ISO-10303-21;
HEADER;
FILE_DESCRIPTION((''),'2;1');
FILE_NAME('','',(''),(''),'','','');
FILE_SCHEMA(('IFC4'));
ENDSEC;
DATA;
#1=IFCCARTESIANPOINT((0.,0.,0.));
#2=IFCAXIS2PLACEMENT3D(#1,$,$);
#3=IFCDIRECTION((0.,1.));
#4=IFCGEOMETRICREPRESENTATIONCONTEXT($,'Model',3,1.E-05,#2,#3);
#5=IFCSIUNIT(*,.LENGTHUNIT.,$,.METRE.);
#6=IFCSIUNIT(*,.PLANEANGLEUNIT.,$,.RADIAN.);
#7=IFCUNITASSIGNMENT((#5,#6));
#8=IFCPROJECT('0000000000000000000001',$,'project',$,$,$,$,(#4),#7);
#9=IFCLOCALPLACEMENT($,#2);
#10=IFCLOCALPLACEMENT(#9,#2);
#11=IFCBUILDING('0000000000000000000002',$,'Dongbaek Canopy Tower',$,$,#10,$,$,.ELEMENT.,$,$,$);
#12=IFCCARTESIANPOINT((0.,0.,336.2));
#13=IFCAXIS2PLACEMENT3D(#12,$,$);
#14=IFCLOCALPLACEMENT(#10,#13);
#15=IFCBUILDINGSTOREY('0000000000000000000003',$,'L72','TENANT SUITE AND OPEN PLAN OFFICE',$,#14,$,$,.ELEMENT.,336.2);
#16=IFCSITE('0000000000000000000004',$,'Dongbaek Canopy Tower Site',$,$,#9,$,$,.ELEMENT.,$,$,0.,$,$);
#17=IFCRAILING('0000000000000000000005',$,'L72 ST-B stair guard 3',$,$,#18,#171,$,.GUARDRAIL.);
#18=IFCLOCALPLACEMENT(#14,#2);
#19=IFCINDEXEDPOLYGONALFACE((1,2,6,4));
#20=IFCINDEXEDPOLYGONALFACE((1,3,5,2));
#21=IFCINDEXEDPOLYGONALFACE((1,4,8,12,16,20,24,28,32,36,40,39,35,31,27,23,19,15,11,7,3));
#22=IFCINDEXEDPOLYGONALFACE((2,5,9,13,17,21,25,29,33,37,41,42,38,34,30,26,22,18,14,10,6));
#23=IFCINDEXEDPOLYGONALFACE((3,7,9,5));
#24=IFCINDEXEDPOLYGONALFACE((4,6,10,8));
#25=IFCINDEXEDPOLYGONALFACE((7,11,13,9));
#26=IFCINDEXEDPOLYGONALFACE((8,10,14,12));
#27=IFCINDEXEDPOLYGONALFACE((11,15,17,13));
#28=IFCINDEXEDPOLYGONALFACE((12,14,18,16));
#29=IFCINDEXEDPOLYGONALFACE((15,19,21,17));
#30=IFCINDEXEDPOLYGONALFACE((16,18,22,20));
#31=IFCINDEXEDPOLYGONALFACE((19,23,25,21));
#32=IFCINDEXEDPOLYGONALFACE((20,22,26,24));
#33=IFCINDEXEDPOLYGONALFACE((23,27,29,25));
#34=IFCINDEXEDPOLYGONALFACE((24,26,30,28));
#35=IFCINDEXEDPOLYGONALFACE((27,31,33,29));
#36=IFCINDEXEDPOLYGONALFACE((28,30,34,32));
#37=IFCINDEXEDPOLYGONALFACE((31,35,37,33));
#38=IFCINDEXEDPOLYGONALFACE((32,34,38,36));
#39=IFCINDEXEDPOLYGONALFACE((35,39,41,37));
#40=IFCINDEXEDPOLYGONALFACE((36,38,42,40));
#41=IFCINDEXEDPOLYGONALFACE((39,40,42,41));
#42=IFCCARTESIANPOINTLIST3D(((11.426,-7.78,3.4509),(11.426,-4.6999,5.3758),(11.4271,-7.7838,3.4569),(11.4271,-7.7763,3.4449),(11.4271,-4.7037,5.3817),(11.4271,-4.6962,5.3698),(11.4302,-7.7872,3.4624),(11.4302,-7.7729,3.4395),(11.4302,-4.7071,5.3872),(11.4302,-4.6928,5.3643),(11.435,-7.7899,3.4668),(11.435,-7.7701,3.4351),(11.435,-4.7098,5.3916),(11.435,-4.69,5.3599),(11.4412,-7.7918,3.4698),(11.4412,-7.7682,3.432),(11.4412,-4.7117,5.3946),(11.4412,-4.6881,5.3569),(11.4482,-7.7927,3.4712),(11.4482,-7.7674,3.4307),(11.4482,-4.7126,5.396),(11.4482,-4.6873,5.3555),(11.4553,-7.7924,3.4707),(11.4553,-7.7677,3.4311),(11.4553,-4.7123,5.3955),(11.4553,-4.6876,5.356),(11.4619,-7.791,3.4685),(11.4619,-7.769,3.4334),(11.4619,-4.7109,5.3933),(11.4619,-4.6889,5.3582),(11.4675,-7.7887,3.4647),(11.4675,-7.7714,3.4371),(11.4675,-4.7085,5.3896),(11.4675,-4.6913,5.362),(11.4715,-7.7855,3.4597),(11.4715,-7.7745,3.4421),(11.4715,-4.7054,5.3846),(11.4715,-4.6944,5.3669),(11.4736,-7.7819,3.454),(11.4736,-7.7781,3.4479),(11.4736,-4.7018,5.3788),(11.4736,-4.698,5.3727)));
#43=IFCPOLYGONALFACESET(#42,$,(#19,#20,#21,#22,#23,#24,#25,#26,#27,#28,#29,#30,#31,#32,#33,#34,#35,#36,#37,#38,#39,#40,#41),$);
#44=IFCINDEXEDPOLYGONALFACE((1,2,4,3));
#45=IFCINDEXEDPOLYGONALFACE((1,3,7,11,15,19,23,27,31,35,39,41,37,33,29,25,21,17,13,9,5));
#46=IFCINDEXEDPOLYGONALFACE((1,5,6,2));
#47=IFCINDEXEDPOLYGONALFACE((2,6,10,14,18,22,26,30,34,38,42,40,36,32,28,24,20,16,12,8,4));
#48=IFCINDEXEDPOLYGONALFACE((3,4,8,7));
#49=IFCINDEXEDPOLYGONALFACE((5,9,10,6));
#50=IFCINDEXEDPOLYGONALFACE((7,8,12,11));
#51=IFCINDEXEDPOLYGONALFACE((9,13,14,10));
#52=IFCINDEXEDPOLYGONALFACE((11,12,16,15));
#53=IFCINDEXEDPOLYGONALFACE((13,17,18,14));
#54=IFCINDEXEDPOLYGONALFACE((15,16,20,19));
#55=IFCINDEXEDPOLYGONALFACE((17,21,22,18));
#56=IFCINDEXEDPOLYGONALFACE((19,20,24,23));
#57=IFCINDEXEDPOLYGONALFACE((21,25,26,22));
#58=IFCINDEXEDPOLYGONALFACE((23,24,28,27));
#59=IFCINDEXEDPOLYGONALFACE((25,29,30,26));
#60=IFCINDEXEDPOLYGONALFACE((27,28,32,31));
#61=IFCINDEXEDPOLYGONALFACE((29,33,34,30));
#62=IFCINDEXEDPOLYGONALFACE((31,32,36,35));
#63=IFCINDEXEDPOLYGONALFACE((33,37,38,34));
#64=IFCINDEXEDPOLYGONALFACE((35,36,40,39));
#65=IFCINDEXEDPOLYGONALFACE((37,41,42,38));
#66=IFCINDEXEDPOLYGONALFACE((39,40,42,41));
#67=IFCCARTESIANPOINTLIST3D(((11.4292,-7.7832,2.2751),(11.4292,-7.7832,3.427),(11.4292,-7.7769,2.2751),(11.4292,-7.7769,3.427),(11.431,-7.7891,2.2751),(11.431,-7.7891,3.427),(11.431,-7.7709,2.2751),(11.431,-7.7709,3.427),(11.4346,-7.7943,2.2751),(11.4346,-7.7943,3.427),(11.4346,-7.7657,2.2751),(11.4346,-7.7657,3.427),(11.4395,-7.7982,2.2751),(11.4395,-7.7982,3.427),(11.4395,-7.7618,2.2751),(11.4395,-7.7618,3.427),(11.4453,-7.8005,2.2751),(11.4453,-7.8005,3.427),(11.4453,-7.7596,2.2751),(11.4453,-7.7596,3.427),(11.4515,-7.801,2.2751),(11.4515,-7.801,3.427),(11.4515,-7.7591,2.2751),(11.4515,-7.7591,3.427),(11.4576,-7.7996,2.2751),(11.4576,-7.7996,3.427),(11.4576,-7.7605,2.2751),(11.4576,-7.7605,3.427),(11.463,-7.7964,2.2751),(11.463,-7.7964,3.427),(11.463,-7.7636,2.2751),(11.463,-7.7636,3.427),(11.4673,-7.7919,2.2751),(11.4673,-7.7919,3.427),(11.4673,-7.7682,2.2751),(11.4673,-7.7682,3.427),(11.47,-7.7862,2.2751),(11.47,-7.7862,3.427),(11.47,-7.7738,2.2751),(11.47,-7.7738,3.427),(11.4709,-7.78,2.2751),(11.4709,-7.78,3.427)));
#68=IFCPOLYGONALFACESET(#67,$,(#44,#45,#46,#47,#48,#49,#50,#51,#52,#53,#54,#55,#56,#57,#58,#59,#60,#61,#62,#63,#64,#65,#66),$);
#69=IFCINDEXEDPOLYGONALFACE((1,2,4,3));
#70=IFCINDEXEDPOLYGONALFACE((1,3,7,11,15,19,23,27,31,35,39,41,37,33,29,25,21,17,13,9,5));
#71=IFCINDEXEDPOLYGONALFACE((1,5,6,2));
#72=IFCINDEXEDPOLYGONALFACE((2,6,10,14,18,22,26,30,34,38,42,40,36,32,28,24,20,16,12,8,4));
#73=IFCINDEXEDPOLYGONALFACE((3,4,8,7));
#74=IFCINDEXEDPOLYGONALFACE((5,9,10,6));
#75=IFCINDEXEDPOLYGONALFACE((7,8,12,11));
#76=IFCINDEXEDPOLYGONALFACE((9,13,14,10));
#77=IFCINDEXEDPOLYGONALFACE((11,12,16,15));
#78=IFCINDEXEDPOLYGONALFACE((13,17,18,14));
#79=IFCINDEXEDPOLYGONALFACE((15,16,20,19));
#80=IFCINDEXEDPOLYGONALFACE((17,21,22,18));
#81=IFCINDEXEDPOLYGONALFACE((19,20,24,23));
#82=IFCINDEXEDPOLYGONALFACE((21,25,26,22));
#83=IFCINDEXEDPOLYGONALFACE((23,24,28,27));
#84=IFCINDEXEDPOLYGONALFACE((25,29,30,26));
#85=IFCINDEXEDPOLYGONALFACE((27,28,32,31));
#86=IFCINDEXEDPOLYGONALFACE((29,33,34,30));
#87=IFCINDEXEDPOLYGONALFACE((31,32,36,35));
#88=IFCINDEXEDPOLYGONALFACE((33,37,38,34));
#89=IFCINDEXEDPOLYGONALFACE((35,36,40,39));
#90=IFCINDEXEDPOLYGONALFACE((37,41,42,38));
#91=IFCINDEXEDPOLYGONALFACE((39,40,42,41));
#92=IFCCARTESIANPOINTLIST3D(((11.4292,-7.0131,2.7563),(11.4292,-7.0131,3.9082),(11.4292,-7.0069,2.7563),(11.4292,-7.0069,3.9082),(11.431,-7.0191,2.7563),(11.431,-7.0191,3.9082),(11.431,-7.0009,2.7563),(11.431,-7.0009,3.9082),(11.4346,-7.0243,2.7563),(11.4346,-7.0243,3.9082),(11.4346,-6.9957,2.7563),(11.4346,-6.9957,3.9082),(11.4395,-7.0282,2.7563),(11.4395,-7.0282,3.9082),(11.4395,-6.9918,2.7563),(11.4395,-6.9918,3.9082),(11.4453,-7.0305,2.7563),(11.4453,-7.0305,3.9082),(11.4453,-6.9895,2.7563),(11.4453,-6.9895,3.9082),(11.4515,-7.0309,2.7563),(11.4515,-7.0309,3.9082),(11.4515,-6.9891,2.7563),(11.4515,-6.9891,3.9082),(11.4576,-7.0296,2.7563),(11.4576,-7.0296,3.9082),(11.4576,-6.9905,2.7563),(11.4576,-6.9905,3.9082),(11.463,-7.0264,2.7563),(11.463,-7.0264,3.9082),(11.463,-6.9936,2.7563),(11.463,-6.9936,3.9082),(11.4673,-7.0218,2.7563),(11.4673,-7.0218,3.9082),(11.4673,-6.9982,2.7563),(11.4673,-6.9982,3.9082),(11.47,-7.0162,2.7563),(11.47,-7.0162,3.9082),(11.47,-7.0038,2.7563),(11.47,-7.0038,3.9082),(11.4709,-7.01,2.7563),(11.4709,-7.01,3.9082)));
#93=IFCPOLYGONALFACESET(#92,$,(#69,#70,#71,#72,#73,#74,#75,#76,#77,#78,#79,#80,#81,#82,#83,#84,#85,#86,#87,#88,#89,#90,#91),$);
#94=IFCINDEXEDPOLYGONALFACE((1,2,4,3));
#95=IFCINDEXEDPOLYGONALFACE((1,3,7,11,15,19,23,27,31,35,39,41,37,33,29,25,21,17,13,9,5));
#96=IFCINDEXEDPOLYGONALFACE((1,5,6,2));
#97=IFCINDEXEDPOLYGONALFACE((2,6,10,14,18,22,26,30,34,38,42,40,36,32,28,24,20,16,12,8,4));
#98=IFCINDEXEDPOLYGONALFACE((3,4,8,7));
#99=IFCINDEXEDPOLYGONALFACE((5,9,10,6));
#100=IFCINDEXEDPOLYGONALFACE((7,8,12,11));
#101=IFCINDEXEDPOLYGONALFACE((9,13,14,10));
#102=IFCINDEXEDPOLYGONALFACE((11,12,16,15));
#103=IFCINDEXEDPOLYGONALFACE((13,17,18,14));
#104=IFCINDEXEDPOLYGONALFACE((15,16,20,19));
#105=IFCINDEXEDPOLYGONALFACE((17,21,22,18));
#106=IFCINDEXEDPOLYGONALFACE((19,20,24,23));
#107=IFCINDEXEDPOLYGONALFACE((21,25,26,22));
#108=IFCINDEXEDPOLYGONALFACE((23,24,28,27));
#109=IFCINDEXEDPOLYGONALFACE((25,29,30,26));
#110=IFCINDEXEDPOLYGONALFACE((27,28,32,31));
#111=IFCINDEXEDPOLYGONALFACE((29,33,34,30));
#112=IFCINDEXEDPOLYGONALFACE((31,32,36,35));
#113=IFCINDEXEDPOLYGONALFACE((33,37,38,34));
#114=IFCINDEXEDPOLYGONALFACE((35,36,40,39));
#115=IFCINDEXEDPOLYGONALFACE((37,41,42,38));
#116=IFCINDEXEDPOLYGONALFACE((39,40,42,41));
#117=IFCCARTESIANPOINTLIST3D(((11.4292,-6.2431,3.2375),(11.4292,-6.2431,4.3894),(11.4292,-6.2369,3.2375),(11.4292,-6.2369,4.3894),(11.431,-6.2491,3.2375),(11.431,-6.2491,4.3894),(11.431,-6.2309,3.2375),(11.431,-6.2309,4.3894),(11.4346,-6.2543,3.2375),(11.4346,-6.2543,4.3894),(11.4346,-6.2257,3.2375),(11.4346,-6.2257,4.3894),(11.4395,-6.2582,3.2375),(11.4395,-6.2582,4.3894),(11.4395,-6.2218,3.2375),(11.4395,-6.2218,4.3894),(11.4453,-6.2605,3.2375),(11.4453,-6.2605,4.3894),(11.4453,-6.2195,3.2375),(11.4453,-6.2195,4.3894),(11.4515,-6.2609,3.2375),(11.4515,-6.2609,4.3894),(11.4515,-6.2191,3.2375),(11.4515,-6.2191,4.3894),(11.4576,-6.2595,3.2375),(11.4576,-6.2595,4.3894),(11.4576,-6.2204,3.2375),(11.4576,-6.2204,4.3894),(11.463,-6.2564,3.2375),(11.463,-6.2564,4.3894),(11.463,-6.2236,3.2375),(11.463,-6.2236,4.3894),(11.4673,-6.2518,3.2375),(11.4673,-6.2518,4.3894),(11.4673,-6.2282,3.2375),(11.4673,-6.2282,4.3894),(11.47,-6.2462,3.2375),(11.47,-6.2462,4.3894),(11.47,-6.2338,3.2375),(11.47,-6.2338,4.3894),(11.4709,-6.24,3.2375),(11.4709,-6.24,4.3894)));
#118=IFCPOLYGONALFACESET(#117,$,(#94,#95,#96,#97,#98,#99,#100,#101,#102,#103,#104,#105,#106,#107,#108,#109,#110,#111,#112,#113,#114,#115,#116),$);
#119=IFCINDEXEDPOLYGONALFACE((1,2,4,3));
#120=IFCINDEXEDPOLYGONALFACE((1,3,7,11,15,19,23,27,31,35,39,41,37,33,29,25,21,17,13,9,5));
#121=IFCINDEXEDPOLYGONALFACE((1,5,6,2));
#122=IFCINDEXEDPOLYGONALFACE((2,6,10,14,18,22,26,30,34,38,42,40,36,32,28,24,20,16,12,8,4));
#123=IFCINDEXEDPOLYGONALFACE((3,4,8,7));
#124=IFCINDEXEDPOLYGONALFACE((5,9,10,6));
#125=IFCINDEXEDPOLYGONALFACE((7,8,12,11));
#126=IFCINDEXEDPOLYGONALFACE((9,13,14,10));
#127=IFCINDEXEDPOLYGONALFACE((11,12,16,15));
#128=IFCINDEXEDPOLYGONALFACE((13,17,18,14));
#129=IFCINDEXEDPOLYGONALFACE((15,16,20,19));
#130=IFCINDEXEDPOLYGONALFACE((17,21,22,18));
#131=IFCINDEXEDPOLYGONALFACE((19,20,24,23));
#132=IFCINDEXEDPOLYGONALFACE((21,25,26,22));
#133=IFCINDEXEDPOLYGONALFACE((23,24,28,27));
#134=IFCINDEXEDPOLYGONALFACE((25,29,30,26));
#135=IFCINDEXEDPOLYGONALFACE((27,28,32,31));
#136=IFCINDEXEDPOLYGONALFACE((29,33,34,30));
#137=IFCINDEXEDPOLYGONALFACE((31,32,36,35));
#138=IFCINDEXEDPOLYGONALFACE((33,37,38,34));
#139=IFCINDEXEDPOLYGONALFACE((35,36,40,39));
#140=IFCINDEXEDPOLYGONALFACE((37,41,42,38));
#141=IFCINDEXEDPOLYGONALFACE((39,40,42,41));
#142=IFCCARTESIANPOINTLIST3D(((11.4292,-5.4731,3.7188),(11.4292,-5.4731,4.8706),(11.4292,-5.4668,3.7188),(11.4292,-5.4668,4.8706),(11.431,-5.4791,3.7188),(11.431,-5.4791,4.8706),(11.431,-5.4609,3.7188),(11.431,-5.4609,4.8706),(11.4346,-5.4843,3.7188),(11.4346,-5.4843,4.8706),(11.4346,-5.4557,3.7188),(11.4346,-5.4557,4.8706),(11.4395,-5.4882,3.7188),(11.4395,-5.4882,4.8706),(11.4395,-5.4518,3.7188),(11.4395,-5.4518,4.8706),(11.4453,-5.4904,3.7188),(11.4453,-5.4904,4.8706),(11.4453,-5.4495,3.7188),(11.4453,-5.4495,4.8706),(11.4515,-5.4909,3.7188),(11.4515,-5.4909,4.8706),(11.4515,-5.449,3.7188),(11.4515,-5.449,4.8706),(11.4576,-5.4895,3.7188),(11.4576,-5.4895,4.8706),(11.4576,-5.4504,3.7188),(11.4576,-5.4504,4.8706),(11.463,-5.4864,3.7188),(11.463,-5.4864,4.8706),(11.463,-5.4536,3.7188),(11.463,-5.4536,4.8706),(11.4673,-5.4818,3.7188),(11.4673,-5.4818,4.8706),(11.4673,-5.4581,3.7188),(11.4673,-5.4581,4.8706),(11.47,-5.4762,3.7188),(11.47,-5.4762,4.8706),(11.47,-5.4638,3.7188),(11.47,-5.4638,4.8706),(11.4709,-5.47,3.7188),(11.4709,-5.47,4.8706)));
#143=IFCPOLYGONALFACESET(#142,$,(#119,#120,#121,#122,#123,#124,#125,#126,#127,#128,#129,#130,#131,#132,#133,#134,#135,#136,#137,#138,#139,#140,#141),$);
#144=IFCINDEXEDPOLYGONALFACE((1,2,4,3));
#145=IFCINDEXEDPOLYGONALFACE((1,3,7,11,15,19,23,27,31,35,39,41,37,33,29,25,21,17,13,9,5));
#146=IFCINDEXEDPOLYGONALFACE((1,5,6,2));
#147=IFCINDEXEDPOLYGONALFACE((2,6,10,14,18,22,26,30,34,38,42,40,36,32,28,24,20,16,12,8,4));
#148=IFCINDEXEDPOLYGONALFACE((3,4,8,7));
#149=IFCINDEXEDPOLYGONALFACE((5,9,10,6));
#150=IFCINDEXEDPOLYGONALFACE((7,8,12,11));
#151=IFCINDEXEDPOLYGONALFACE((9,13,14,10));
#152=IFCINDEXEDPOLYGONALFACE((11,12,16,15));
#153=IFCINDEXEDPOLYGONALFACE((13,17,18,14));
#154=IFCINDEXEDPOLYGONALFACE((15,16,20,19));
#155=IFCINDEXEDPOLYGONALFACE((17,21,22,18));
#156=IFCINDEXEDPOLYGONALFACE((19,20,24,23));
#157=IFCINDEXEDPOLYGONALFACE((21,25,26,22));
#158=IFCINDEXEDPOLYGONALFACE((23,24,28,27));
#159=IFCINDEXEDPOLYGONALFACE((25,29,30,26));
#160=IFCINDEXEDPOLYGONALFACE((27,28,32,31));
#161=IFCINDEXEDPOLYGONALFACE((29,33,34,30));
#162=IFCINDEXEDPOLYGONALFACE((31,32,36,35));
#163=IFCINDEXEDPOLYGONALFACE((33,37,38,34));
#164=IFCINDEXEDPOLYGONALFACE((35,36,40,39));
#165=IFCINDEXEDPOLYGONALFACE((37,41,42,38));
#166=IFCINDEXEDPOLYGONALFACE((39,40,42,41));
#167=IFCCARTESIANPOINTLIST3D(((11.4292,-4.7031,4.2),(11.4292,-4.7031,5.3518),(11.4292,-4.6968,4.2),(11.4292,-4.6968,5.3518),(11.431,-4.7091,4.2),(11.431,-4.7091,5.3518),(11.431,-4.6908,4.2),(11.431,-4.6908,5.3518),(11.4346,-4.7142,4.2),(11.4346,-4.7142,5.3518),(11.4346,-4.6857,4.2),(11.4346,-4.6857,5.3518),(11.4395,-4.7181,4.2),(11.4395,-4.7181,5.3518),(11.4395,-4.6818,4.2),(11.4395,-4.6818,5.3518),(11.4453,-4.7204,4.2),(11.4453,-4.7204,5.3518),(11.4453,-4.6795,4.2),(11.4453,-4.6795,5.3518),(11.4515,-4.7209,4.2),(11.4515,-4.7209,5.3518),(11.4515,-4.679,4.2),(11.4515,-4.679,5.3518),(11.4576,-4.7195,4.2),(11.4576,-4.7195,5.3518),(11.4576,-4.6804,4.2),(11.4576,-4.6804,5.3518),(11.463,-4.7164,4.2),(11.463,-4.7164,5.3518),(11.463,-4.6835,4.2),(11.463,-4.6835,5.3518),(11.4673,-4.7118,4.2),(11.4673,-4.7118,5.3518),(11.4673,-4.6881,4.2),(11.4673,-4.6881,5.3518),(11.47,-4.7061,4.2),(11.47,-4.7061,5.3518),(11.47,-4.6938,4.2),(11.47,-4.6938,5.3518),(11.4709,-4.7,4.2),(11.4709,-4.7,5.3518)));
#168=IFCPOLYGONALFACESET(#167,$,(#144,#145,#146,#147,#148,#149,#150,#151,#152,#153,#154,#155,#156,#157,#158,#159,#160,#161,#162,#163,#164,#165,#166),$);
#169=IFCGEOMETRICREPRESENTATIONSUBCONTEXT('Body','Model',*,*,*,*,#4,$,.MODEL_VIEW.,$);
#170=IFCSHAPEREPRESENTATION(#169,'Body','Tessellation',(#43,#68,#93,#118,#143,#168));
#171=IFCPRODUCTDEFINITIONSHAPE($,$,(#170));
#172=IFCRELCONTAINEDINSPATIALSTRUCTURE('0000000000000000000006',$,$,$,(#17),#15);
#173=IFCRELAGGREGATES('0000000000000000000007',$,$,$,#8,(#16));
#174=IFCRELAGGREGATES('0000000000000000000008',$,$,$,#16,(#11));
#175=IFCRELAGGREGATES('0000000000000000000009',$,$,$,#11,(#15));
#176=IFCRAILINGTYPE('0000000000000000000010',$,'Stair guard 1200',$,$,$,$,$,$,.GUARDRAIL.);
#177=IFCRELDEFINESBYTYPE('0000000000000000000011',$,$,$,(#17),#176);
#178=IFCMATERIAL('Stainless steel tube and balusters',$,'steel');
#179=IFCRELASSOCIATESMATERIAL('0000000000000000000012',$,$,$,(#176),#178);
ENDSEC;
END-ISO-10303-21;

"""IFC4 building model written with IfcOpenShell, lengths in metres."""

from ifc_helpers import new_model, si_unit, direction, frame, origin, origin_2d, place, context, subcontext, project, spatial, circle, extrude, material, type_object, element, save


model = new_model("IFC4")

# Units and contexts
model_context = context("Model", 3, precision=1e-05, world=origin(), true_north=direction((0.0, 1.0)))
body_context = subcontext(model_context, "Body", "Model", "MODEL_VIEW")
ifc_project = project(units=[si_unit("LENGTHUNIT", "METRE"), si_unit("PLANEANGLEUNIT", "RADIAN")], contexts=[model_context])

# Site, building, storey
site_placement = place(None, origin())
site = spatial("IfcSite", under=ifc_project, at=site_placement, Name="Dongbaek Canopy Tower Site", CompositionType="ELEMENT", RefElevation=0.0)
building_placement = place(site_placement, origin())
building = spatial("IfcBuilding", under=site, at=building_placement, Name="Dongbaek Canopy Tower", CompositionType="ELEMENT")
storey_placement = place(building_placement, frame((0.0, 0.0, 336.2)))
storey = spatial("IfcBuildingStorey", under=building, at=storey_placement, Name="L72", Description="TENANT SUITE AND OPEN PLAN OFFICE", CompositionType="ELEMENT", Elevation=336.2)

# Railing
ifc_material_1 = material(Name="Stainless steel tube and balusters", Category="steel")
railing_type_1 = type_object("IfcRailingType", Name="Stair guard 1200", PredefinedType="GUARDRAIL", material=ifc_material_1)
railing_1_placement = place(storey_placement, frame((11.45, -7.78, 2.2751)))
element("IfcRailing", 1, at=railing_1_placement, inside=storey, type_object=railing_type_1, Name="L72 ST-B stair guard 3", PredefinedType="GUARDRAIL", context=body_context, shape_type="SweptSolid", body=[
    extrude(circle(Radius=0.0239, at=origin_2d()), frame((0.0, 0.0, 1.1758), z_axis=(0.0, 0.848029, 0.529951), x_axis=(-1.0, 0.0, 0.0)), (0.0, 0.0, 1.0), 3.6321),
    extrude(circle(Radius=0.021, at=origin_2d()), origin(), (0.0, 0.0, 1.0), 1.1519),
    extrude(circle(Radius=0.021, at=origin_2d()), frame((0.0, 0.77, 0.4812)), (0.0, 0.0, 1.0), 1.1519),
    extrude(circle(Radius=0.021, at=origin_2d()), frame((0.0, 1.54, 0.9624)), (0.0, 0.0, 1.0), 1.1519),
    extrude(circle(Radius=0.021, at=origin_2d()), frame((0.0, 2.3101, 1.4436)), (0.0, 0.0, 1.0), 1.1519),
    extrude(circle(Radius=0.021, at=origin_2d()), frame((0.0, 3.0801, 1.9248)), (0.0, 0.0, 1.0), 1.1519),
])

save(model, "model.ifc")
